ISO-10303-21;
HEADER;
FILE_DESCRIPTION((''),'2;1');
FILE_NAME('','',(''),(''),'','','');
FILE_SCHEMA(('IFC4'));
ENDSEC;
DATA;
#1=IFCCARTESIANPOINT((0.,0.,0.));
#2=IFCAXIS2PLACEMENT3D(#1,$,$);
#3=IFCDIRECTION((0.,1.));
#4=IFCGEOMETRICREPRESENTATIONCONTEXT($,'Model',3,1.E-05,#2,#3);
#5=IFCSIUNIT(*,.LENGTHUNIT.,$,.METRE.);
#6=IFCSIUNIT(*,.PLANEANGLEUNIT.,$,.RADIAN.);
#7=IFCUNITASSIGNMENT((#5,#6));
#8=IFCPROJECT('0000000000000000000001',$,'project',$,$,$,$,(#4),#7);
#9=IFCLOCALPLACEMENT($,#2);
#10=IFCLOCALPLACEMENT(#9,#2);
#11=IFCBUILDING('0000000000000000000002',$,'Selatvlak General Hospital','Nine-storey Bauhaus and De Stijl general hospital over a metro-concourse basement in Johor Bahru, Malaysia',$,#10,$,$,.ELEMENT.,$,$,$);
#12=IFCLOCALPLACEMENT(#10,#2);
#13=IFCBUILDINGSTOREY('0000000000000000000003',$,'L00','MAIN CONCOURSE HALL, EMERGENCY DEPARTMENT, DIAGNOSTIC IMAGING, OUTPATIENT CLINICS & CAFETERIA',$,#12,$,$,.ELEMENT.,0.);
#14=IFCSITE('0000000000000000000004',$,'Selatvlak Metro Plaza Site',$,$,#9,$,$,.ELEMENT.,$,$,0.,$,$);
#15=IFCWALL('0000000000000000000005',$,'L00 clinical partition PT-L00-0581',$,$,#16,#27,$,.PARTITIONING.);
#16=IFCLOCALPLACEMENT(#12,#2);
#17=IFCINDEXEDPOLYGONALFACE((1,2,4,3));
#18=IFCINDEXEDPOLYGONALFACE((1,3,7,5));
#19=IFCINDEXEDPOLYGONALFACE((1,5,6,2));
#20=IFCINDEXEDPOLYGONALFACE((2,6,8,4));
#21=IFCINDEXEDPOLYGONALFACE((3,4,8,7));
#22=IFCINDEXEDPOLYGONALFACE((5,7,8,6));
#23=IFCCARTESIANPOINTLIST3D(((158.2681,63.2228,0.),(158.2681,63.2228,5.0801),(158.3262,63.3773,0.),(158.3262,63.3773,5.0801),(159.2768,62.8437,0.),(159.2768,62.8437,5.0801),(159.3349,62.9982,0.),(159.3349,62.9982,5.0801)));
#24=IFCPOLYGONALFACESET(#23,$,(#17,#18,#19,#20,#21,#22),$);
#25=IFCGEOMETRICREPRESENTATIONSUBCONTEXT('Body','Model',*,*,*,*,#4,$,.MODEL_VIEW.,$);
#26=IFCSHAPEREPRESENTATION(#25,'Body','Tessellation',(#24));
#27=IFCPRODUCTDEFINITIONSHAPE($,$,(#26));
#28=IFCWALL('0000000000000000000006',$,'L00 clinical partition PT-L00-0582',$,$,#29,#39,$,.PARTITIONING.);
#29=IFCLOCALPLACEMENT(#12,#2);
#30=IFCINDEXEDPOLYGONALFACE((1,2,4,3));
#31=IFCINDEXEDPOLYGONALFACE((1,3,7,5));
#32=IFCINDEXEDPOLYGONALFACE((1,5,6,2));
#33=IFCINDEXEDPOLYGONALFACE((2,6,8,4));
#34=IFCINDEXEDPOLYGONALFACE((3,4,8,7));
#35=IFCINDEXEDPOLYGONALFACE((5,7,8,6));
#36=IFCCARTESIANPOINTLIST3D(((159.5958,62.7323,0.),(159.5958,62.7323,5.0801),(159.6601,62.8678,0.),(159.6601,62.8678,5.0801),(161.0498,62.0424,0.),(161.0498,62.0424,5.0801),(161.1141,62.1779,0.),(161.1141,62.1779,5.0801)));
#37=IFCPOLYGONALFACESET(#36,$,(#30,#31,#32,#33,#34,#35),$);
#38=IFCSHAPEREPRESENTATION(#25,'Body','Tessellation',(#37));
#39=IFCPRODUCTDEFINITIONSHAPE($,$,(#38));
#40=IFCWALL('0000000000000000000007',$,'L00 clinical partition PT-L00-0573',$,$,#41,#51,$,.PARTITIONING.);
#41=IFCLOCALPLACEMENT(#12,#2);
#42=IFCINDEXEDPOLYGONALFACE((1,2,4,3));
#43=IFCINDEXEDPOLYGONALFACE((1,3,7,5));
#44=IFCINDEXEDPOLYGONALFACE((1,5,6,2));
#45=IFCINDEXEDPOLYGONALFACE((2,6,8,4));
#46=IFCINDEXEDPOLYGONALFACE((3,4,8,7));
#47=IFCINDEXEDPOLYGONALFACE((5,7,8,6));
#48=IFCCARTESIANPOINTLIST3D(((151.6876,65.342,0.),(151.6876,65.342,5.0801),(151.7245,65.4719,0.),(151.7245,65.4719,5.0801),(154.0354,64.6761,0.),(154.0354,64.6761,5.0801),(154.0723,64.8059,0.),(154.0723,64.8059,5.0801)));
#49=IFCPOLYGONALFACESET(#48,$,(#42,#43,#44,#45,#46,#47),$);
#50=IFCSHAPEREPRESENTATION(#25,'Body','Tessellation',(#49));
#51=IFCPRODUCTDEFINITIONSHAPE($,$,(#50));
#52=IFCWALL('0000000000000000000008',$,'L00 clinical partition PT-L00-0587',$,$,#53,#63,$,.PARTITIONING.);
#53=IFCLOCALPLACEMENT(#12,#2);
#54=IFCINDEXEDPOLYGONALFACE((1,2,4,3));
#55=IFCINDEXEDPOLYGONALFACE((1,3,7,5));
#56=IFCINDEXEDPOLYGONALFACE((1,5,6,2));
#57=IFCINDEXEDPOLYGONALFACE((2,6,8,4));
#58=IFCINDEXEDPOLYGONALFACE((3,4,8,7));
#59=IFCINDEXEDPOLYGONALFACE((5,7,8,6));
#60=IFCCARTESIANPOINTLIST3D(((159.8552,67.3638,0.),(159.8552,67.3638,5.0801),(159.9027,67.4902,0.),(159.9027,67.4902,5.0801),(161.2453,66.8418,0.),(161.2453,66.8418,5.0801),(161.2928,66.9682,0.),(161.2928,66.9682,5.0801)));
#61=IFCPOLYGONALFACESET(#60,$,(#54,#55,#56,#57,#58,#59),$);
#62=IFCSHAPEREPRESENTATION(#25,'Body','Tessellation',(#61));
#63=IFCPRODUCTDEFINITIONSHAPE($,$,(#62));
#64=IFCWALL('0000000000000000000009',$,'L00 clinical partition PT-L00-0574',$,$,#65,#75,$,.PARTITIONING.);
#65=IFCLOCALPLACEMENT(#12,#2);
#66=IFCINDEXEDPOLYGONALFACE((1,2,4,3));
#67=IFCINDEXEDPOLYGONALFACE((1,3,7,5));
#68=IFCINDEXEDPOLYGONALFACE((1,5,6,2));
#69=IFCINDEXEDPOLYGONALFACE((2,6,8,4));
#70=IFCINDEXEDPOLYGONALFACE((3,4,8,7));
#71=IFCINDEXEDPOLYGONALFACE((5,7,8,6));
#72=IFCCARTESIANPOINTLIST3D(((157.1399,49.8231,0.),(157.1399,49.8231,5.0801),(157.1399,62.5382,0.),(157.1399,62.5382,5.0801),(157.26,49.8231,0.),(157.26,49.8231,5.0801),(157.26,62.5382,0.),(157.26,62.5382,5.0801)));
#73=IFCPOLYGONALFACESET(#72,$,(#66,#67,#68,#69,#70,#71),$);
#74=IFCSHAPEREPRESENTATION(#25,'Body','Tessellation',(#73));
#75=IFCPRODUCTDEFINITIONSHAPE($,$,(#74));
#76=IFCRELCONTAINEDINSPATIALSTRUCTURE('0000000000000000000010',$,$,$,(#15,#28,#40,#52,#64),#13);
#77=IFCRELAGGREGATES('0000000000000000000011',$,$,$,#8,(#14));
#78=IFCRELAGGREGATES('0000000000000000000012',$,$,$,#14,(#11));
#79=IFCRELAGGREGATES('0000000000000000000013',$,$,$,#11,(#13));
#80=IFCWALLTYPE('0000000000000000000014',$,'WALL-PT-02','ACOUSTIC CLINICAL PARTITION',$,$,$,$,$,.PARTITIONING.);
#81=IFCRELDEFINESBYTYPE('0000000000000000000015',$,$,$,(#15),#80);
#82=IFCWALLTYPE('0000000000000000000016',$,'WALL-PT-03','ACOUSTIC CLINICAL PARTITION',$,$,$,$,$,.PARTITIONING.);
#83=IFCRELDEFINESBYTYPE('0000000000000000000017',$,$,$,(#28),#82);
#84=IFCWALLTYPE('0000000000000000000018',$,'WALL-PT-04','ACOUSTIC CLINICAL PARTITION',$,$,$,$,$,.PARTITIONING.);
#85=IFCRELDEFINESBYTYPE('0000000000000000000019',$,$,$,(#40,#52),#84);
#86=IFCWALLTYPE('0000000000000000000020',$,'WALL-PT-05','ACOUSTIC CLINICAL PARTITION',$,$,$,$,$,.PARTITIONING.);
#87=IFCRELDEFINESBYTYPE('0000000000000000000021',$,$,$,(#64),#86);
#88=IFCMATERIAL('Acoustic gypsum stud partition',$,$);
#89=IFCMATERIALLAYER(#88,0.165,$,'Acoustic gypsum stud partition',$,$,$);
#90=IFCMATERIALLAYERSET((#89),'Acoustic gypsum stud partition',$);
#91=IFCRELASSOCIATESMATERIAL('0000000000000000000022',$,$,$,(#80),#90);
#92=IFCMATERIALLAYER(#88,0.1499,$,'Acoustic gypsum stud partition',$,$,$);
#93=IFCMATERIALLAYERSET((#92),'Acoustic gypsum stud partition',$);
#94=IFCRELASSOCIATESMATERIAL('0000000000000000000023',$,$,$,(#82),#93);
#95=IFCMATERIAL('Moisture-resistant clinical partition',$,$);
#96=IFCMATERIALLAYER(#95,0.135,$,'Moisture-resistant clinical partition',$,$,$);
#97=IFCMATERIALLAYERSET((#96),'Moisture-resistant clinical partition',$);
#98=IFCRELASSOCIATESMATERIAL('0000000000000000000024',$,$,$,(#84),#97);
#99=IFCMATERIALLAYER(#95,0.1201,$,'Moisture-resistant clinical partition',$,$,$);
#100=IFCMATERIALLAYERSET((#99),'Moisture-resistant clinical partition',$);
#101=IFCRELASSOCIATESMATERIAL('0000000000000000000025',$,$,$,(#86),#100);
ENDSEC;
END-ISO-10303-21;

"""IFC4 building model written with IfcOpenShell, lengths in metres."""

from ifc_helpers import new_model, si_unit, direction, frame, frame_2d, origin, place, context, subcontext, project, spatial, rectangle, extrude, material, layer, layer_set, type_object, element, save


model = new_model("IFC4")

# Units and contexts
model_context = context("Model", 3, precision=1e-05, world=origin(), true_north=direction((0.0, 1.0)))
body_context = subcontext(model_context, "Body", "Model", "MODEL_VIEW")
ifc_project = project(units=[si_unit("LENGTHUNIT", "METRE"), si_unit("PLANEANGLEUNIT", "RADIAN")], contexts=[model_context])

# Site, building, storey
site_placement = place(None, origin())
site = spatial("IfcSite", under=ifc_project, at=site_placement, Name="Selatvlak Metro Plaza Site", CompositionType="ELEMENT", RefElevation=0.0)
building_placement = place(site_placement, origin())
building = spatial("IfcBuilding", under=site, at=building_placement, Name="Selatvlak General Hospital", Description="Nine-storey Bauhaus and De Stijl general hospital over a metro-concourse basement in Johor Bahru, Malaysia", CompositionType="ELEMENT")
storey_placement = place(building_placement, origin())
storey = spatial("IfcBuildingStorey", under=building, at=storey_placement, Name="L00", Description="MAIN CONCOURSE HALL, EMERGENCY DEPARTMENT, DIAGNOSTIC IMAGING, OUTPATIENT CLINICS & CAFETERIA", CompositionType="ELEMENT", Elevation=0.0)

# Wall
ifc_material_1 = material(Name="Acoustic gypsum stud partition")
ifc_layer_1 = layer(ifc_material_1, 0.165, Name="Acoustic gypsum stud partition")
ifc_layer_set_1 = layer_set([ifc_layer_1], Name="Acoustic gypsum stud partition")
wall_type_1 = type_object("IfcWallType", Name="WALL-PT-02", Description="ACOUSTIC CLINICAL PARTITION", PredefinedType="PARTITIONING", material=ifc_layer_set_1)
wall_1_placement = place(storey_placement, frame((158.2971, 63.3, 0.0), z_axis=(0.0, 0.0, 1.0), x_axis=(0.936068, -0.351818, 0.0)))
element("IfcWall", 1, at=wall_1_placement, inside=storey, type_object=wall_type_1, Name="L00 clinical partition PT-L00-0581", PredefinedType="PARTITIONING", context=body_context, shape_type="SweptSolid", body=[
    extrude(rectangle(XDim=1.0776, YDim=0.165, at=frame_2d((0.5388, 0.0))), origin(), (0.0, 0.0, 1.0), 5.0801),
])

# Walls
ifc_layer_2 = layer(ifc_material_1, 0.1499, Name="Acoustic gypsum stud partition")
ifc_layer_set_2 = layer_set([ifc_layer_2], Name="Acoustic gypsum stud partition")
wall_type_2 = type_object("IfcWallType", Name="WALL-PT-03", Description="ACOUSTIC CLINICAL PARTITION", PredefinedType="PARTITIONING", material=ifc_layer_set_2)
wall_2_placement = place(storey_placement, frame((159.6279, 62.8, 0.0), z_axis=(0.0, 0.0, 1.0), x_axis=(0.90346, -0.428673, 0.0)))
element("IfcWall", 2, at=wall_2_placement, inside=storey, type_object=wall_type_2, Name="L00 clinical partition PT-L00-0582", PredefinedType="PARTITIONING", context=body_context, shape_type="SweptSolid", body=[
    extrude(rectangle(XDim=1.6094, YDim=0.1499, at=frame_2d((0.8047, 0.0))), origin(), (0.0, 0.0, 1.0), 5.0801),
])
ifc_material_2 = material(Name="Moisture-resistant clinical partition")
ifc_layer_3 = layer(ifc_material_2, 0.135, Name="Moisture-resistant clinical partition")
ifc_layer_set_3 = layer_set([ifc_layer_3], Name="Moisture-resistant clinical partition")
wall_type_3 = type_object("IfcWallType", Name="WALL-PT-04", Description="ACOUSTIC CLINICAL PARTITION", PredefinedType="PARTITIONING", material=ifc_layer_set_3)
wall_3_placement = place(storey_placement, frame((151.7061, 65.407, 0.0), z_axis=(0.0, 0.0, 1.0), x_axis=(0.962043, -0.272897, 0.0)))
element("IfcWall", 3, at=wall_3_placement, inside=storey, type_object=wall_type_3, Name="L00 clinical partition PT-L00-0573", PredefinedType="PARTITIONING", context=body_context, shape_type="SweptSolid", body=[
    extrude(rectangle(XDim=2.4404, YDim=0.135, at=frame_2d((1.2202, 0.0))), origin(), (0.0, 0.0, 1.0), 5.0801),
])
wall_4_placement = place(storey_placement, frame((161.269, 66.905, 0.0), z_axis=(0.0, 0.0, 1.0), x_axis=(-0.93618, 0.35152, 0.0)))
element("IfcWall", 4, at=wall_4_placement, inside=storey, type_object=wall_type_3, Name="L00 clinical partition PT-L00-0587", PredefinedType="PARTITIONING", context=body_context, shape_type="SweptSolid", body=[
    extrude(rectangle(XDim=1.4849, YDim=0.135, at=frame_2d((0.7424, 0.0))), origin(), (0.0, 0.0, 1.0), 5.0801),
])
ifc_layer_4 = layer(ifc_material_2, 0.1201, Name="Moisture-resistant clinical partition")
ifc_layer_set_4 = layer_set([ifc_layer_4], Name="Moisture-resistant clinical partition")
wall_type_4 = type_object("IfcWallType", Name="WALL-PT-05", Description="ACOUSTIC CLINICAL PARTITION", PredefinedType="PARTITIONING", material=ifc_layer_set_4)
wall_5_placement = place(storey_placement, frame((157.2, 62.5381, 0.0), z_axis=(0.0, 0.0, 1.0), x_axis=(0.0, -1.0, 0.0)))
element("IfcWall", 5, at=wall_5_placement, inside=storey, type_object=wall_type_4, Name="L00 clinical partition PT-L00-0574", PredefinedType="PARTITIONING", context=body_context, shape_type="SweptSolid", body=[
    extrude(rectangle(XDim=12.7151, YDim=0.1201, at=frame_2d((6.3574, 0.0))), origin(), (0.0, 0.0, 1.0), 5.0801),
])

save(model, "model.ifc")
